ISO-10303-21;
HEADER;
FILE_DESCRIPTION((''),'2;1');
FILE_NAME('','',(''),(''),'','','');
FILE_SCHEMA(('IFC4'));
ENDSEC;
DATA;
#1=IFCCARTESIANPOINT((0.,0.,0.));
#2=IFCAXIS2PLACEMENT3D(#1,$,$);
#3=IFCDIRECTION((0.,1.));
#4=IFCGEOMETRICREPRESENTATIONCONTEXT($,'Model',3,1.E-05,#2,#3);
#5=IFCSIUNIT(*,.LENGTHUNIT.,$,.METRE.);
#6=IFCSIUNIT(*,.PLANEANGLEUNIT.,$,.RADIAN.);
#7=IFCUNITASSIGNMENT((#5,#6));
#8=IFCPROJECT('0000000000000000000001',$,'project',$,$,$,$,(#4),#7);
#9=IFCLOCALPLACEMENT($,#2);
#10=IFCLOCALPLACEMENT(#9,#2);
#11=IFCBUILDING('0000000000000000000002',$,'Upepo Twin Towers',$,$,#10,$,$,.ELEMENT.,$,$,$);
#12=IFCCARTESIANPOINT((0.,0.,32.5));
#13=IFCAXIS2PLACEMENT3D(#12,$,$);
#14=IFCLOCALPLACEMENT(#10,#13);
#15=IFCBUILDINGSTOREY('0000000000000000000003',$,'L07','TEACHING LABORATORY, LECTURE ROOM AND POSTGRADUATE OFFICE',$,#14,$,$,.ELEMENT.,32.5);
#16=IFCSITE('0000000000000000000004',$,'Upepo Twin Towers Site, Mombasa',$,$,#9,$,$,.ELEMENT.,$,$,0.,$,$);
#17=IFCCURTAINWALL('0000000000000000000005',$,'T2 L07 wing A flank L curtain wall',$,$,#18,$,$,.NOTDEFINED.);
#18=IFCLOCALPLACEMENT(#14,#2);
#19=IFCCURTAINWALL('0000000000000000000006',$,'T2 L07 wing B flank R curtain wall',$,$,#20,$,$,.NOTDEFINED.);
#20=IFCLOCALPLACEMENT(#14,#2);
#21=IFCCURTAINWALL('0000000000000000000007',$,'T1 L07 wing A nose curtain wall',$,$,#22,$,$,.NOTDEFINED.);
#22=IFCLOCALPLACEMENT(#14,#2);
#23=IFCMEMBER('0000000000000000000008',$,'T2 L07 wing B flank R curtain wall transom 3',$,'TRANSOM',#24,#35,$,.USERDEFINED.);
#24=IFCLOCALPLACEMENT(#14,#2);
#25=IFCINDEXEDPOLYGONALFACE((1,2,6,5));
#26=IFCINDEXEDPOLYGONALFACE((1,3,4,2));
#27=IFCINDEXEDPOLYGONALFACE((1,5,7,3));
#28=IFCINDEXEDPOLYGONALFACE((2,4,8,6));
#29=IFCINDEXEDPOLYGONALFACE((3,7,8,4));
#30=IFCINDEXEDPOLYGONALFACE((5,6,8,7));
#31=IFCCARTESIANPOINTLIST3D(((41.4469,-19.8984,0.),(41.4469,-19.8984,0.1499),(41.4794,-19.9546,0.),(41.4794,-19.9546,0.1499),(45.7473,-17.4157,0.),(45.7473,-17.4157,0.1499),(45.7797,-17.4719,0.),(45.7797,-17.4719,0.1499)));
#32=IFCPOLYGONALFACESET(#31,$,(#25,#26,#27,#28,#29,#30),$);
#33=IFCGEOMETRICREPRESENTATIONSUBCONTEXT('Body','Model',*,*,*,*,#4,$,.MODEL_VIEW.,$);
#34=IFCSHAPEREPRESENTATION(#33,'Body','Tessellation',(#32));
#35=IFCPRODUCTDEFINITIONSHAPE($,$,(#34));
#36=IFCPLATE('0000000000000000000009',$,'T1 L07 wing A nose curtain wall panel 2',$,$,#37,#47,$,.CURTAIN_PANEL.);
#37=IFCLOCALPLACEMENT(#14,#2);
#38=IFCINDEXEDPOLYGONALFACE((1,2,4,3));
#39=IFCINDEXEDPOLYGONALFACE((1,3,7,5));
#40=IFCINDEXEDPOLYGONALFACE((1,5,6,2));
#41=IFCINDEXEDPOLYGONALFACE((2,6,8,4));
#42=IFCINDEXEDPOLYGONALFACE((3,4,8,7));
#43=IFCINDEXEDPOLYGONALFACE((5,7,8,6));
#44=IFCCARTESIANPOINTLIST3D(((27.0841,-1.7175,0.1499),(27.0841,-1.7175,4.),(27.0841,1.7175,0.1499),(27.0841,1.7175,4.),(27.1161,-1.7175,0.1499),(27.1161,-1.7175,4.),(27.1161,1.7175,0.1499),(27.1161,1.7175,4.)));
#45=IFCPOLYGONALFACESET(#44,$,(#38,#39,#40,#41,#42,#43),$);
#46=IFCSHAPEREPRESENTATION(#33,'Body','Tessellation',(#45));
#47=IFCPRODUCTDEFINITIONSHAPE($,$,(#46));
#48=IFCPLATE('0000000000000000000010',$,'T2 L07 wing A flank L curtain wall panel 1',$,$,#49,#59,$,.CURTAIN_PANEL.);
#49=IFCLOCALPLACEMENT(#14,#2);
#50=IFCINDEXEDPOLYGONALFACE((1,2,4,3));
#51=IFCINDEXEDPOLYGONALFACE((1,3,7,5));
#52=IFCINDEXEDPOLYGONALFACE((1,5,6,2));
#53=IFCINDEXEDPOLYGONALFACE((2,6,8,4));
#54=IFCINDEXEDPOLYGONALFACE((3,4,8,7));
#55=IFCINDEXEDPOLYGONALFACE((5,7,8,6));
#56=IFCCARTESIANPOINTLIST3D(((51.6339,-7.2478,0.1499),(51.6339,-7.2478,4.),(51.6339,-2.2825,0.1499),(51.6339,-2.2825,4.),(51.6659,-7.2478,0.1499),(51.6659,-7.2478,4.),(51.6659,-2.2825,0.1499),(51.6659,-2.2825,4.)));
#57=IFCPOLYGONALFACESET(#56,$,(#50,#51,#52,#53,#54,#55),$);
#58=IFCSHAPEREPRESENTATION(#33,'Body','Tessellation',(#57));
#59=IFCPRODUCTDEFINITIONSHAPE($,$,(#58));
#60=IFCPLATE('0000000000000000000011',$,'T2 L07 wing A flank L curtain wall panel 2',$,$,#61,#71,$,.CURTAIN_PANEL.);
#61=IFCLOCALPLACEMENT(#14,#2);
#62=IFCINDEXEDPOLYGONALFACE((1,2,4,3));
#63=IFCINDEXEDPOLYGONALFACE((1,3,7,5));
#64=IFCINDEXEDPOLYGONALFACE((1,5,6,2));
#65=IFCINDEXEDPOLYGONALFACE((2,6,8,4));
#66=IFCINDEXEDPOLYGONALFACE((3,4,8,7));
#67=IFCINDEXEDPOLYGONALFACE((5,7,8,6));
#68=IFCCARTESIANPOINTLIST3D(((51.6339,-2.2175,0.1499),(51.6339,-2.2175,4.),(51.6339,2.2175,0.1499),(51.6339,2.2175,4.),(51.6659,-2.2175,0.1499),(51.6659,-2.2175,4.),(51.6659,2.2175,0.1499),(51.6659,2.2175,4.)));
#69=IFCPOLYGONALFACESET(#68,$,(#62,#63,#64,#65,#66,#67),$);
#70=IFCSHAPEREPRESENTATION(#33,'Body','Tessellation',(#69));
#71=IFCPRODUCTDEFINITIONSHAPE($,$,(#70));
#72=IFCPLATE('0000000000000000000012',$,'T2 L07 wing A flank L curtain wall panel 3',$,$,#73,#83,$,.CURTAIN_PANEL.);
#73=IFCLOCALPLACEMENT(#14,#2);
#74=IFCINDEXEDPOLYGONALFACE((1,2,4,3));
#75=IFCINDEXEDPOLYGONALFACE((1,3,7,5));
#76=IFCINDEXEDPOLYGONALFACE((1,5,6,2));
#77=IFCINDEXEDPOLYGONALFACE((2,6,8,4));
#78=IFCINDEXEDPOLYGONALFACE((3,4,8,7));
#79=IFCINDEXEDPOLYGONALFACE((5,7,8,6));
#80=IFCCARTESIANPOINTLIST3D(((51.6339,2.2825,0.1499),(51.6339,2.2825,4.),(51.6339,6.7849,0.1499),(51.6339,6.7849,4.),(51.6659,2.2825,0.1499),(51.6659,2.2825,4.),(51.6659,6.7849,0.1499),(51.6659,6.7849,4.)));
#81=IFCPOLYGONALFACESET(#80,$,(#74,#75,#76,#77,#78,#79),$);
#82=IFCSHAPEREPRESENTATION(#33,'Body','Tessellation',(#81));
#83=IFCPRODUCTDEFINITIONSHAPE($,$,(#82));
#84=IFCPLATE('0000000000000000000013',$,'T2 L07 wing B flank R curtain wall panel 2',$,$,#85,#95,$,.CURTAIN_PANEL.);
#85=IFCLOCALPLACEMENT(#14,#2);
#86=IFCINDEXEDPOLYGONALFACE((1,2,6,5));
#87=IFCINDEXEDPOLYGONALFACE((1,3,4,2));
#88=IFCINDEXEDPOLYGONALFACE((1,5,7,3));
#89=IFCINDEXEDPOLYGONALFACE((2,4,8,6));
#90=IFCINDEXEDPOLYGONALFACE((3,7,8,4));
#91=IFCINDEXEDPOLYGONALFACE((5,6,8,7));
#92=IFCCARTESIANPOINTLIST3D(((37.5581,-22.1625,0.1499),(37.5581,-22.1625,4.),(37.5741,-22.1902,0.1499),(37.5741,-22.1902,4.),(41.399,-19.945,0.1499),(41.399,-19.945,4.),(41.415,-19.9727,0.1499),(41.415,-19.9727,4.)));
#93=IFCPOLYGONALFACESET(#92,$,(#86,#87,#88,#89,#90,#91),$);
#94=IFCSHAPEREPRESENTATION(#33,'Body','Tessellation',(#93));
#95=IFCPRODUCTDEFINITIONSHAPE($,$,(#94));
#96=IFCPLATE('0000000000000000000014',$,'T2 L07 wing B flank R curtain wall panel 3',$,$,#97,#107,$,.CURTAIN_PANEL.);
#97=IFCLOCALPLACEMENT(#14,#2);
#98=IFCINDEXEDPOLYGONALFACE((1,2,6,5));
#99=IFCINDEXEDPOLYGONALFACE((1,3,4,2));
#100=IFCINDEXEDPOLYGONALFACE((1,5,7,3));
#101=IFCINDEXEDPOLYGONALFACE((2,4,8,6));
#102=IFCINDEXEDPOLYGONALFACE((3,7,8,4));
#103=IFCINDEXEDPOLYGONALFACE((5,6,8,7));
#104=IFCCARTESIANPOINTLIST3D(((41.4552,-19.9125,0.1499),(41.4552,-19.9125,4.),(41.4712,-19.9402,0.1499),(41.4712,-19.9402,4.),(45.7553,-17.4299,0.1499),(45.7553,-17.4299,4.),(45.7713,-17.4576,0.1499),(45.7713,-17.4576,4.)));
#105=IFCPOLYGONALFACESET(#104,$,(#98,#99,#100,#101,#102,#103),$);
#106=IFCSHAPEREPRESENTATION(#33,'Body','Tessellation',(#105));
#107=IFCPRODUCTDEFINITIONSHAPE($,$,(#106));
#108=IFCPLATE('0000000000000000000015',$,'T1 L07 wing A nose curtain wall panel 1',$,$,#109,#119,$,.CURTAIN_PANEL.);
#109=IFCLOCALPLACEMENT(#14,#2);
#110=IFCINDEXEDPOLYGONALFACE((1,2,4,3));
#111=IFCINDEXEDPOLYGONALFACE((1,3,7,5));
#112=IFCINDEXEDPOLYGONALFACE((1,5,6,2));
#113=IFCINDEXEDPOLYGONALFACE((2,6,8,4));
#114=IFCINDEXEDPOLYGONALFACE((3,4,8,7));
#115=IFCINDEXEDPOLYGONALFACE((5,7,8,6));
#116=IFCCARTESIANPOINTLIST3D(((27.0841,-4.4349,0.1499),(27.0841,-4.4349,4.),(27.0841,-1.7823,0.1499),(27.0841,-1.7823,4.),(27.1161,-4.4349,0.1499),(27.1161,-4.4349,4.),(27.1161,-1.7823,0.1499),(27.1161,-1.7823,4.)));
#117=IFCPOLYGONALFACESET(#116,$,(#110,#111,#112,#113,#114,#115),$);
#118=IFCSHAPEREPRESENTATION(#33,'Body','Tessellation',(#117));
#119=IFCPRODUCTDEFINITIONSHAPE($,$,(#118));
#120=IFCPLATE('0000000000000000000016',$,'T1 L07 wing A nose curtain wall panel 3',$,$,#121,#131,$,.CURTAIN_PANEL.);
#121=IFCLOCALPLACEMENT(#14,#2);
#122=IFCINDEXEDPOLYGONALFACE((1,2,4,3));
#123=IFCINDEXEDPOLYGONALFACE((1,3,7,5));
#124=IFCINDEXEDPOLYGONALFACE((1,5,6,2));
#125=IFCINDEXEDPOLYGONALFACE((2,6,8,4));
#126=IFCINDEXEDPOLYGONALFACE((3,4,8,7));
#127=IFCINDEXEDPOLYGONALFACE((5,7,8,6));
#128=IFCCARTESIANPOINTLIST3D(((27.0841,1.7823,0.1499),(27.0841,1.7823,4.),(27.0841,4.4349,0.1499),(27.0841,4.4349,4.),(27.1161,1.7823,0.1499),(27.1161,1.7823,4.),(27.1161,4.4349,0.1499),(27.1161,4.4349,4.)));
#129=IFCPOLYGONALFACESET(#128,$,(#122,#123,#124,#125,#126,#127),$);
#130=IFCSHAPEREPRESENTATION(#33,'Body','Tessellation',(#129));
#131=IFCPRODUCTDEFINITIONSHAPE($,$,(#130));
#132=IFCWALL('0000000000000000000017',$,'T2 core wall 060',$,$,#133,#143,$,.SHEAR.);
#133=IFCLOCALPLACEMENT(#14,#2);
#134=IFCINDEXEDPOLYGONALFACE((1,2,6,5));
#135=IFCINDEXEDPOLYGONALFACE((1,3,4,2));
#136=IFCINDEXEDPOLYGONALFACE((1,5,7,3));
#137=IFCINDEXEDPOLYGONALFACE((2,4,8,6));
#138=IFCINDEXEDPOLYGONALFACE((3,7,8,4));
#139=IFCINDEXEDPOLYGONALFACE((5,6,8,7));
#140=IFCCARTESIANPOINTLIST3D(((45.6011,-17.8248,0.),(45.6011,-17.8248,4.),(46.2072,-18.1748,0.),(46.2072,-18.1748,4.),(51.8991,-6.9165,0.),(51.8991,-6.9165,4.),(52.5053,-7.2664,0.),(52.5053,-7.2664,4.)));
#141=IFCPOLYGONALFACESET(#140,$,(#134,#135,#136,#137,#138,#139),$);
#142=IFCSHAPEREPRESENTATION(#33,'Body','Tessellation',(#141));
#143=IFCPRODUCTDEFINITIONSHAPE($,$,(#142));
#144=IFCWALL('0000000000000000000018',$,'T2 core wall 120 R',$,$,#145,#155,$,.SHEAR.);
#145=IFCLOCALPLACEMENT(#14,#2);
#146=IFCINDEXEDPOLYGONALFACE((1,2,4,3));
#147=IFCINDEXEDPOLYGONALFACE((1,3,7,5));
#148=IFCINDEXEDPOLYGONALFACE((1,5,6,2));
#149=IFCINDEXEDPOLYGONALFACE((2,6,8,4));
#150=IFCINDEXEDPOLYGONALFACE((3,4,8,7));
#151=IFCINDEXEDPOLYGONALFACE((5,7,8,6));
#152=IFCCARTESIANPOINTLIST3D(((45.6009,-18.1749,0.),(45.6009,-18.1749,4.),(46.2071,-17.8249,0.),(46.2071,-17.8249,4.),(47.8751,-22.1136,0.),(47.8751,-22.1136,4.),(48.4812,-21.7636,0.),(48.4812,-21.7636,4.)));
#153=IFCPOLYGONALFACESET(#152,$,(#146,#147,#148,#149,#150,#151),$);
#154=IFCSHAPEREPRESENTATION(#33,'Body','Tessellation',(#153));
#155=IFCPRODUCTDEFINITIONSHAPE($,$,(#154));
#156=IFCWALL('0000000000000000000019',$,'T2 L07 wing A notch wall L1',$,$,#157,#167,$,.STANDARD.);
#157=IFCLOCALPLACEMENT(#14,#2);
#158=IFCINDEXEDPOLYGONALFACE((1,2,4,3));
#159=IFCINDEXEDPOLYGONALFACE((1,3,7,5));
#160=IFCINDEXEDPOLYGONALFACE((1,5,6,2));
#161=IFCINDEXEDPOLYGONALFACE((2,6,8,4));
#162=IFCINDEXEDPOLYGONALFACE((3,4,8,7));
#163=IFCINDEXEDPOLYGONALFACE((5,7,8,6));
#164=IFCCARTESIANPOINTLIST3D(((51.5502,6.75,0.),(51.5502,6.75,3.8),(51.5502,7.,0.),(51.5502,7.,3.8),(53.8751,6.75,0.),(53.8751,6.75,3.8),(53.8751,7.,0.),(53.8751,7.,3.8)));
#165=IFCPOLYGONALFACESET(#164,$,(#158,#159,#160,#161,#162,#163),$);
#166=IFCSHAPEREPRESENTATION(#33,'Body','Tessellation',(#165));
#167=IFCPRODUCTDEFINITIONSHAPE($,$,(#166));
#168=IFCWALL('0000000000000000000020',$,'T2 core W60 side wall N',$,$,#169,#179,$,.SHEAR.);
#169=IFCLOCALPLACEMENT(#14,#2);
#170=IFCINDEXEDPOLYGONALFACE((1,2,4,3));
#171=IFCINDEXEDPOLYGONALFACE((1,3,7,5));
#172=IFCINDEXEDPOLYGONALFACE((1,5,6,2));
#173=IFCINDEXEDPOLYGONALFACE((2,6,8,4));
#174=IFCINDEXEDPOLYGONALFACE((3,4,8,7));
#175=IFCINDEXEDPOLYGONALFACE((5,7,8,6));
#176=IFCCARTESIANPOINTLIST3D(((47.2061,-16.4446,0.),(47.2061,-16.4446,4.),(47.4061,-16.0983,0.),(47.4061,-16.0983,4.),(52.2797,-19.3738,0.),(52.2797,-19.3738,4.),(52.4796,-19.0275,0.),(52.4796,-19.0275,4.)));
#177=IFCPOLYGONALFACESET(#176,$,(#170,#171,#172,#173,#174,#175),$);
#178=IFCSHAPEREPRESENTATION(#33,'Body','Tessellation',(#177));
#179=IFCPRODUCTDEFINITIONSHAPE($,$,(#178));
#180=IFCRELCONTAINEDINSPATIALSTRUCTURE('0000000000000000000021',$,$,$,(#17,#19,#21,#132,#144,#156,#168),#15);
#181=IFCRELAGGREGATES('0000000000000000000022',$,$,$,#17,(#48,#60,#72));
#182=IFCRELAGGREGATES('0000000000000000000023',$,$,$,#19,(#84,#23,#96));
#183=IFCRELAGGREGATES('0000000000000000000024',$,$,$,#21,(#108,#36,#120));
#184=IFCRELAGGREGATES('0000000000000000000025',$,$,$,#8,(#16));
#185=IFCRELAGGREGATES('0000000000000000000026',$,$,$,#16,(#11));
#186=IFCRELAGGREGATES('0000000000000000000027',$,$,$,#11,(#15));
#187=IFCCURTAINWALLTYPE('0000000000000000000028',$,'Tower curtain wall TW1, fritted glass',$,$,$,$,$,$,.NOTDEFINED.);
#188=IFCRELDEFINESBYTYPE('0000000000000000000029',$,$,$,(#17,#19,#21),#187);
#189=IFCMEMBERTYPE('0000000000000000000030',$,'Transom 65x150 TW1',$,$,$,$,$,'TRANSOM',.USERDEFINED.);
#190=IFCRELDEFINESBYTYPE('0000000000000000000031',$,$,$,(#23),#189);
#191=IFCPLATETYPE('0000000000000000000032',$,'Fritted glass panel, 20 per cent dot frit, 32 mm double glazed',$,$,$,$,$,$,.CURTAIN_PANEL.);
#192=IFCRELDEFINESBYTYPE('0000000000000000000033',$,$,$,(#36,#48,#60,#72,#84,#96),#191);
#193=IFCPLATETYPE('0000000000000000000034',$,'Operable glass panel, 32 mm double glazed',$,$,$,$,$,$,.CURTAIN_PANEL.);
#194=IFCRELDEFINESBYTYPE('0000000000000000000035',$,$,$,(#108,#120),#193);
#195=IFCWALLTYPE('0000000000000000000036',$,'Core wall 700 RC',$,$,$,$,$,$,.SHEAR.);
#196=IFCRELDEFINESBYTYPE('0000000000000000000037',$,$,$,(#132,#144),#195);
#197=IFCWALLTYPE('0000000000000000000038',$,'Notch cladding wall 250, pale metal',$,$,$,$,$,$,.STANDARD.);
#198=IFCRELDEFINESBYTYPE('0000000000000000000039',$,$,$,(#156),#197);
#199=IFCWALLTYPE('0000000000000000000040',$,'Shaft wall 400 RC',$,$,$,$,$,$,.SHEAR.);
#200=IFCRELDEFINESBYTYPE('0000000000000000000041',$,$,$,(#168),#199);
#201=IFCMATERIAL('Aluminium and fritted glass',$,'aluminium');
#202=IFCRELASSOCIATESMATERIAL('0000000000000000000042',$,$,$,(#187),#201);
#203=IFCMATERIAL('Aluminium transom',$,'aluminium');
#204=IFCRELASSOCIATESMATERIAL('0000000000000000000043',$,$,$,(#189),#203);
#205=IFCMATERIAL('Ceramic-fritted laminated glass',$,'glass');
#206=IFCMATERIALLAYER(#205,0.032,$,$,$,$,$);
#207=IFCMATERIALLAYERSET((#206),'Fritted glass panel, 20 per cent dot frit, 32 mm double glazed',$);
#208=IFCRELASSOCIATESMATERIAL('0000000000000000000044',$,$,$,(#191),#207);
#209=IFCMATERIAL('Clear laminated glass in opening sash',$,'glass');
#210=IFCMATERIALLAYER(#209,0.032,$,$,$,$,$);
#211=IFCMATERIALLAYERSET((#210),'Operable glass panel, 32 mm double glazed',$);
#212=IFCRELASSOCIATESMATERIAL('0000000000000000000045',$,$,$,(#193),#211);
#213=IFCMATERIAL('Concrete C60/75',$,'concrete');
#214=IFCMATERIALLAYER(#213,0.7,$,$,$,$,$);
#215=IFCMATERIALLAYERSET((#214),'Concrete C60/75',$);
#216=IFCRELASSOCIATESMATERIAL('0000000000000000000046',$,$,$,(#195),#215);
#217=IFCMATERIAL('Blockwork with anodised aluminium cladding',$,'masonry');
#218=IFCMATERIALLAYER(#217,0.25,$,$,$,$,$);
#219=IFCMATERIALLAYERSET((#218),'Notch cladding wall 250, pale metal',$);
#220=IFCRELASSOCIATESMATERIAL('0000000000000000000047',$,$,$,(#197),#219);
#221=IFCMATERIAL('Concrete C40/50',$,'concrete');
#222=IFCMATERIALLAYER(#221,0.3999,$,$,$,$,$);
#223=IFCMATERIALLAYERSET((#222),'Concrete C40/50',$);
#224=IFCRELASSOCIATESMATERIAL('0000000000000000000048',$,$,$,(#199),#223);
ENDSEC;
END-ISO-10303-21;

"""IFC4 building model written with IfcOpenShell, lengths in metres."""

from ifc_helpers import new_model, si_unit, direction, frame, frame_2d, origin, origin_2d, place, context, subcontext, project, spatial, rectangle, extrude, material, layer, layer_set, material_profile, profile_set, type_object, element, aggregate, save


model = new_model("IFC4")

# Units and contexts
model_context = context("Model", 3, precision=1e-05, world=origin(), true_north=direction((0.0, 1.0)))
body_context = subcontext(model_context, "Body", "Model", "MODEL_VIEW")
ifc_project = project(units=[si_unit("LENGTHUNIT", "METRE"), si_unit("PLANEANGLEUNIT", "RADIAN")], contexts=[model_context])

# Site, building, storey
site_placement = place(None, origin())
site = spatial("IfcSite", under=ifc_project, at=site_placement, Name="Upepo Twin Towers Site, Mombasa", CompositionType="ELEMENT", RefElevation=0.0)
building_placement = place(site_placement, origin())
building = spatial("IfcBuilding", under=site, at=building_placement, Name="Upepo Twin Towers", CompositionType="ELEMENT")
storey_placement = place(building_placement, frame((0.0, 0.0, 32.5)))
storey = spatial("IfcBuildingStorey", under=building, at=storey_placement, Name="L07", Description="TEACHING LABORATORY, LECTURE ROOM AND POSTGRADUATE OFFICE", CompositionType="ELEMENT", Elevation=32.5)

# Curtain walls
ifc_material_1 = material(Name="Aluminium and fritted glass", Category="aluminium")
curtain_wall_type = type_object("IfcCurtainWallType", Name="Tower curtain wall TW1, fritted glass", PredefinedType="NOTDEFINED", material=ifc_material_1)
curtain_wall_1_placement = place(storey_placement, origin())
curtain_wall_1 = element("IfcCurtainWall", 1, at=curtain_wall_1_placement, inside=storey, type_object=curtain_wall_type, Name="T2 L07 wing A flank L curtain wall", PredefinedType="NOTDEFINED")
curtain_wall_2_placement = place(storey_placement, origin())
curtain_wall_2 = element("IfcCurtainWall", 2, at=curtain_wall_2_placement, inside=storey, type_object=curtain_wall_type, Name="T2 L07 wing B flank R curtain wall", PredefinedType="NOTDEFINED")
curtain_wall_3_placement = place(storey_placement, origin())
curtain_wall_3 = element("IfcCurtainWall", 3, at=curtain_wall_3_placement, inside=storey, type_object=curtain_wall_type, Name="T1 L07 wing A nose curtain wall", PredefinedType="NOTDEFINED")
ifc_material_2 = material(Name="Aluminium transom", Category="aluminium")
ifc_material_profile_1 = material_profile(ifc_material_2, rectangle(XDim=0.0649, YDim=0.1499, at=origin_2d()), Name="TRANSOM 65x150")
ifc_profile_set_1 = profile_set([ifc_material_profile_1], Name="Aluminium transom")
member_type_1 = type_object("IfcMemberType", Name="Transom 65x150 TW1", ElementType="TRANSOM", PredefinedType="USERDEFINED", material=ifc_profile_set_1)

# Member
member_1_placement = place(storey_placement, frame((41.4631, -19.9265, 0.075), z_axis=(0.866035, 0.499983, 0.0), x_axis=(-0.499983, 0.866035, 0.0)))
member_1 = element("IfcMember", 4, at=member_1_placement, type_object=member_type_1, Name="T2 L07 wing B flank R curtain wall transom 3", ObjectType="TRANSOM", PredefinedType="USERDEFINED", context=body_context, shape_type="SweptSolid", body=[
    extrude(rectangle(XDim=0.0649, YDim=0.1499, at=origin_2d()), origin(), (0.0, 0.0, 1.0), 4.9656),
])

# Plates
ifc_material_3 = material(Name="Ceramic-fritted laminated glass", Category="glass")
ifc_layer_1 = layer(ifc_material_3, 0.032)
ifc_layer_set_1 = layer_set([ifc_layer_1], Name="Fritted glass panel, 20 per cent dot frit, 32 mm double glazed")
plate_type_1 = type_object("IfcPlateType", Name="Fritted glass panel, 20 per cent dot frit, 32 mm double glazed", PredefinedType="CURTAIN_PANEL", material=ifc_layer_set_1)
plate_1_placement = place(storey_placement, frame((27.1001, 0.0, 0.1499), z_axis=(0.0, 0.0, 1.0), x_axis=(0.0, 1.0, 0.0)))
plate_1 = element("IfcPlate", 5, at=plate_1_placement, type_object=plate_type_1, Name="T1 L07 wing A nose curtain wall panel 2", PredefinedType="CURTAIN_PANEL", context=body_context, shape_type="SweptSolid", body=[
    extrude(rectangle(XDim=3.4351, YDim=0.032, at=origin_2d()), origin(), (0.0, 0.0, 1.0), 3.8501),
])
plate_2_placement = place(storey_placement, frame((51.6499, -4.7651, 0.1499), z_axis=(0.0, 0.0, 1.0), x_axis=(0.0, 1.0, 0.0)))
plate_2 = element("IfcPlate", 6, at=plate_2_placement, type_object=plate_type_1, Name="T2 L07 wing A flank L curtain wall panel 1", PredefinedType="CURTAIN_PANEL", context=body_context, shape_type="SweptSolid", body=[
    extrude(rectangle(XDim=4.9653, YDim=0.032, at=origin_2d()), origin(), (0.0, 0.0, 1.0), 3.8501),
])
plate_3_placement = place(storey_placement, frame((51.6499, 0.0, 0.1499), z_axis=(0.0, 0.0, 1.0), x_axis=(0.0, 1.0, 0.0)))
plate_3 = element("IfcPlate", 7, at=plate_3_placement, type_object=plate_type_1, Name="T2 L07 wing A flank L curtain wall panel 2", PredefinedType="CURTAIN_PANEL", context=body_context, shape_type="SweptSolid", body=[
    extrude(rectangle(XDim=4.4351, YDim=0.032, at=origin_2d()), origin(), (0.0, 0.0, 1.0), 3.8501),
])
plate_4_placement = place(storey_placement, frame((51.6499, 4.5337, 0.1499), z_axis=(0.0, 0.0, 1.0), x_axis=(0.0, 1.0, 0.0)))
plate_4 = element("IfcPlate", 8, at=plate_4_placement, type_object=plate_type_1, Name="T2 L07 wing A flank L curtain wall panel 3", PredefinedType="CURTAIN_PANEL", context=body_context, shape_type="SweptSolid", body=[
    extrude(rectangle(XDim=4.5024, YDim=0.032, at=origin_2d()), origin(), (0.0, 0.0, 1.0), 3.8501),
])
aggregate(curtain_wall_1, [plate_2, plate_3, plate_4])
plate_5_placement = place(storey_placement, frame((39.4866, -21.0676, 0.1499), z_axis=(0.0, 0.0, 1.0), x_axis=(0.866025, 0.5, 0.0)))
plate_5 = element("IfcPlate", 9, at=plate_5_placement, type_object=plate_type_1, Name="T2 L07 wing B flank R curtain wall panel 2", PredefinedType="CURTAIN_PANEL", context=body_context, shape_type="SweptSolid", body=[
    extrude(rectangle(XDim=4.4351, YDim=0.032, at=origin_2d()), origin(), (0.0, 0.0, 1.0), 3.8501),
])
plate_6_placement = place(storey_placement, frame((43.6133, -18.6851, 0.1499), z_axis=(0.0, 0.0, 1.0), x_axis=(0.866025, 0.5, 0.0)))
plate_6 = element("IfcPlate", 10, at=plate_6_placement, type_object=plate_type_1, Name="T2 L07 wing B flank R curtain wall panel 3", PredefinedType="CURTAIN_PANEL", context=body_context, shape_type="SweptSolid", body=[
    extrude(rectangle(XDim=4.9653, YDim=0.032, at=origin_2d()), origin(), (0.0, 0.0, 1.0), 3.8501),
])
aggregate(curtain_wall_2, [plate_5, member_1, plate_6])
ifc_material_4 = material(Name="Clear laminated glass in opening sash", Category="glass")
ifc_layer_2 = layer(ifc_material_4, 0.032)
ifc_layer_set_2 = layer_set([ifc_layer_2], Name="Operable glass panel, 32 mm double glazed")
plate_type_2 = type_object("IfcPlateType", Name="Operable glass panel, 32 mm double glazed", PredefinedType="CURTAIN_PANEL", material=ifc_layer_set_2)
plate_7_placement = place(storey_placement, frame((27.1001, -3.1086, 0.1499), z_axis=(0.0, 0.0, 1.0), x_axis=(0.0, 1.0, 0.0)))
plate_7 = element("IfcPlate", 11, at=plate_7_placement, type_object=plate_type_2, Name="T1 L07 wing A nose curtain wall panel 1", PredefinedType="CURTAIN_PANEL", context=body_context, shape_type="SweptSolid", body=[
    extrude(rectangle(XDim=2.6526, YDim=0.032, at=origin_2d()), origin(), (0.0, 0.0, 1.0), 3.8501),
])
plate_8_placement = place(storey_placement, frame((27.1001, 3.1086, 0.1499), z_axis=(0.0, 0.0, 1.0), x_axis=(0.0, 1.0, 0.0)))
plate_8 = element("IfcPlate", 12, at=plate_8_placement, type_object=plate_type_2, Name="T1 L07 wing A nose curtain wall panel 3", PredefinedType="CURTAIN_PANEL", context=body_context, shape_type="SweptSolid", body=[
    extrude(rectangle(XDim=2.6526, YDim=0.032, at=origin_2d()), origin(), (0.0, 0.0, 1.0), 3.8501),
])
aggregate(curtain_wall_3, [plate_7, plate_1, plate_8])

# Walls
ifc_material_5 = material(Name="Concrete C60/75", Category="concrete")
ifc_layer_3 = layer(ifc_material_5, 0.7)
ifc_layer_set_3 = layer_set([ifc_layer_3], Name="Concrete C60/75")
wall_type_1 = type_object("IfcWallType", Name="Core wall 700 RC", PredefinedType="SHEAR", material=ifc_layer_set_3)
wall_1_placement = place(storey_placement, frame((52.2021, -7.0916, 0.0), z_axis=(0.0, 0.0, 1.0), x_axis=(-0.500006, -0.866022, 0.0)))
element("IfcWall", 13, at=wall_1_placement, inside=storey, type_object=wall_type_1, Name="T2 core wall 060", PredefinedType="SHEAR", context=body_context, shape_type="SweptSolid", body=[
    extrude(rectangle(XDim=12.5959, YDim=0.7, at=frame_2d((6.2979, 0.0))), origin(), (0.0, 0.0, 1.0), 4.0),
])
wall_2_placement = place(storey_placement, frame((45.9041, -18.0, 0.0), z_axis=(0.0, 0.0, 1.0), x_axis=(0.500024, -0.866011, 0.0)))
element("IfcWall", 14, at=wall_2_placement, inside=storey, type_object=wall_type_1, Name="T2 core wall 120 R", PredefinedType="SHEAR", context=body_context, shape_type="SweptSolid", body=[
    extrude(rectangle(XDim=4.5481, YDim=0.7, at=frame_2d((2.2739, 0.0))), origin(), (0.0, 0.0, 1.0), 4.0),
])
ifc_material_6 = material(Name="Blockwork with anodised aluminium cladding", Category="masonry")
ifc_layer_4 = layer(ifc_material_6, 0.25)
ifc_layer_set_4 = layer_set([ifc_layer_4], Name="Notch cladding wall 250, pale metal")
wall_type_2 = type_object("IfcWallType", Name="Notch cladding wall 250, pale metal", PredefinedType="STANDARD", material=ifc_layer_set_4)
wall_3_placement = place(storey_placement, frame((51.55, 6.875, 0.0), z_axis=(0.0, 0.0, 1.0), x_axis=(1.0, 0.0, 0.0)))
element("IfcWall", 15, at=wall_3_placement, inside=storey, type_object=wall_type_2, Name="T2 L07 wing A notch wall L1", PredefinedType="STANDARD", context=body_context, shape_type="SweptSolid", body=[
    extrude(rectangle(XDim=2.325, YDim=0.25, at=frame_2d((1.1626, 0.0))), origin(), (0.0, 0.0, 1.0), 3.8),
])
ifc_material_7 = material(Name="Concrete C40/50", Category="concrete")
ifc_layer_5 = layer(ifc_material_7, 0.3999)
ifc_layer_set_5 = layer_set([ifc_layer_5], Name="Concrete C40/50")
wall_type_3 = type_object("IfcWallType", Name="Shaft wall 400 RC", PredefinedType="SHEAR", material=ifc_layer_set_5)
wall_4_placement = place(storey_placement, frame((52.3796, -19.2007, 0.0), z_axis=(0.0, 0.0, 1.0), x_axis=(-0.866024, 0.500003, 0.0)))
element("IfcWall", 16, at=wall_4_placement, inside=storey, type_object=wall_type_3, Name="T2 core W60 side wall N", PredefinedType="SHEAR", context=body_context, shape_type="SweptSolid", body=[
    extrude(rectangle(XDim=5.8584, YDim=0.3999, at=frame_2d((2.9292, 0.0))), origin(), (0.0, 0.0, 1.0), 4.0),
])

save(model, "model.ifc")
